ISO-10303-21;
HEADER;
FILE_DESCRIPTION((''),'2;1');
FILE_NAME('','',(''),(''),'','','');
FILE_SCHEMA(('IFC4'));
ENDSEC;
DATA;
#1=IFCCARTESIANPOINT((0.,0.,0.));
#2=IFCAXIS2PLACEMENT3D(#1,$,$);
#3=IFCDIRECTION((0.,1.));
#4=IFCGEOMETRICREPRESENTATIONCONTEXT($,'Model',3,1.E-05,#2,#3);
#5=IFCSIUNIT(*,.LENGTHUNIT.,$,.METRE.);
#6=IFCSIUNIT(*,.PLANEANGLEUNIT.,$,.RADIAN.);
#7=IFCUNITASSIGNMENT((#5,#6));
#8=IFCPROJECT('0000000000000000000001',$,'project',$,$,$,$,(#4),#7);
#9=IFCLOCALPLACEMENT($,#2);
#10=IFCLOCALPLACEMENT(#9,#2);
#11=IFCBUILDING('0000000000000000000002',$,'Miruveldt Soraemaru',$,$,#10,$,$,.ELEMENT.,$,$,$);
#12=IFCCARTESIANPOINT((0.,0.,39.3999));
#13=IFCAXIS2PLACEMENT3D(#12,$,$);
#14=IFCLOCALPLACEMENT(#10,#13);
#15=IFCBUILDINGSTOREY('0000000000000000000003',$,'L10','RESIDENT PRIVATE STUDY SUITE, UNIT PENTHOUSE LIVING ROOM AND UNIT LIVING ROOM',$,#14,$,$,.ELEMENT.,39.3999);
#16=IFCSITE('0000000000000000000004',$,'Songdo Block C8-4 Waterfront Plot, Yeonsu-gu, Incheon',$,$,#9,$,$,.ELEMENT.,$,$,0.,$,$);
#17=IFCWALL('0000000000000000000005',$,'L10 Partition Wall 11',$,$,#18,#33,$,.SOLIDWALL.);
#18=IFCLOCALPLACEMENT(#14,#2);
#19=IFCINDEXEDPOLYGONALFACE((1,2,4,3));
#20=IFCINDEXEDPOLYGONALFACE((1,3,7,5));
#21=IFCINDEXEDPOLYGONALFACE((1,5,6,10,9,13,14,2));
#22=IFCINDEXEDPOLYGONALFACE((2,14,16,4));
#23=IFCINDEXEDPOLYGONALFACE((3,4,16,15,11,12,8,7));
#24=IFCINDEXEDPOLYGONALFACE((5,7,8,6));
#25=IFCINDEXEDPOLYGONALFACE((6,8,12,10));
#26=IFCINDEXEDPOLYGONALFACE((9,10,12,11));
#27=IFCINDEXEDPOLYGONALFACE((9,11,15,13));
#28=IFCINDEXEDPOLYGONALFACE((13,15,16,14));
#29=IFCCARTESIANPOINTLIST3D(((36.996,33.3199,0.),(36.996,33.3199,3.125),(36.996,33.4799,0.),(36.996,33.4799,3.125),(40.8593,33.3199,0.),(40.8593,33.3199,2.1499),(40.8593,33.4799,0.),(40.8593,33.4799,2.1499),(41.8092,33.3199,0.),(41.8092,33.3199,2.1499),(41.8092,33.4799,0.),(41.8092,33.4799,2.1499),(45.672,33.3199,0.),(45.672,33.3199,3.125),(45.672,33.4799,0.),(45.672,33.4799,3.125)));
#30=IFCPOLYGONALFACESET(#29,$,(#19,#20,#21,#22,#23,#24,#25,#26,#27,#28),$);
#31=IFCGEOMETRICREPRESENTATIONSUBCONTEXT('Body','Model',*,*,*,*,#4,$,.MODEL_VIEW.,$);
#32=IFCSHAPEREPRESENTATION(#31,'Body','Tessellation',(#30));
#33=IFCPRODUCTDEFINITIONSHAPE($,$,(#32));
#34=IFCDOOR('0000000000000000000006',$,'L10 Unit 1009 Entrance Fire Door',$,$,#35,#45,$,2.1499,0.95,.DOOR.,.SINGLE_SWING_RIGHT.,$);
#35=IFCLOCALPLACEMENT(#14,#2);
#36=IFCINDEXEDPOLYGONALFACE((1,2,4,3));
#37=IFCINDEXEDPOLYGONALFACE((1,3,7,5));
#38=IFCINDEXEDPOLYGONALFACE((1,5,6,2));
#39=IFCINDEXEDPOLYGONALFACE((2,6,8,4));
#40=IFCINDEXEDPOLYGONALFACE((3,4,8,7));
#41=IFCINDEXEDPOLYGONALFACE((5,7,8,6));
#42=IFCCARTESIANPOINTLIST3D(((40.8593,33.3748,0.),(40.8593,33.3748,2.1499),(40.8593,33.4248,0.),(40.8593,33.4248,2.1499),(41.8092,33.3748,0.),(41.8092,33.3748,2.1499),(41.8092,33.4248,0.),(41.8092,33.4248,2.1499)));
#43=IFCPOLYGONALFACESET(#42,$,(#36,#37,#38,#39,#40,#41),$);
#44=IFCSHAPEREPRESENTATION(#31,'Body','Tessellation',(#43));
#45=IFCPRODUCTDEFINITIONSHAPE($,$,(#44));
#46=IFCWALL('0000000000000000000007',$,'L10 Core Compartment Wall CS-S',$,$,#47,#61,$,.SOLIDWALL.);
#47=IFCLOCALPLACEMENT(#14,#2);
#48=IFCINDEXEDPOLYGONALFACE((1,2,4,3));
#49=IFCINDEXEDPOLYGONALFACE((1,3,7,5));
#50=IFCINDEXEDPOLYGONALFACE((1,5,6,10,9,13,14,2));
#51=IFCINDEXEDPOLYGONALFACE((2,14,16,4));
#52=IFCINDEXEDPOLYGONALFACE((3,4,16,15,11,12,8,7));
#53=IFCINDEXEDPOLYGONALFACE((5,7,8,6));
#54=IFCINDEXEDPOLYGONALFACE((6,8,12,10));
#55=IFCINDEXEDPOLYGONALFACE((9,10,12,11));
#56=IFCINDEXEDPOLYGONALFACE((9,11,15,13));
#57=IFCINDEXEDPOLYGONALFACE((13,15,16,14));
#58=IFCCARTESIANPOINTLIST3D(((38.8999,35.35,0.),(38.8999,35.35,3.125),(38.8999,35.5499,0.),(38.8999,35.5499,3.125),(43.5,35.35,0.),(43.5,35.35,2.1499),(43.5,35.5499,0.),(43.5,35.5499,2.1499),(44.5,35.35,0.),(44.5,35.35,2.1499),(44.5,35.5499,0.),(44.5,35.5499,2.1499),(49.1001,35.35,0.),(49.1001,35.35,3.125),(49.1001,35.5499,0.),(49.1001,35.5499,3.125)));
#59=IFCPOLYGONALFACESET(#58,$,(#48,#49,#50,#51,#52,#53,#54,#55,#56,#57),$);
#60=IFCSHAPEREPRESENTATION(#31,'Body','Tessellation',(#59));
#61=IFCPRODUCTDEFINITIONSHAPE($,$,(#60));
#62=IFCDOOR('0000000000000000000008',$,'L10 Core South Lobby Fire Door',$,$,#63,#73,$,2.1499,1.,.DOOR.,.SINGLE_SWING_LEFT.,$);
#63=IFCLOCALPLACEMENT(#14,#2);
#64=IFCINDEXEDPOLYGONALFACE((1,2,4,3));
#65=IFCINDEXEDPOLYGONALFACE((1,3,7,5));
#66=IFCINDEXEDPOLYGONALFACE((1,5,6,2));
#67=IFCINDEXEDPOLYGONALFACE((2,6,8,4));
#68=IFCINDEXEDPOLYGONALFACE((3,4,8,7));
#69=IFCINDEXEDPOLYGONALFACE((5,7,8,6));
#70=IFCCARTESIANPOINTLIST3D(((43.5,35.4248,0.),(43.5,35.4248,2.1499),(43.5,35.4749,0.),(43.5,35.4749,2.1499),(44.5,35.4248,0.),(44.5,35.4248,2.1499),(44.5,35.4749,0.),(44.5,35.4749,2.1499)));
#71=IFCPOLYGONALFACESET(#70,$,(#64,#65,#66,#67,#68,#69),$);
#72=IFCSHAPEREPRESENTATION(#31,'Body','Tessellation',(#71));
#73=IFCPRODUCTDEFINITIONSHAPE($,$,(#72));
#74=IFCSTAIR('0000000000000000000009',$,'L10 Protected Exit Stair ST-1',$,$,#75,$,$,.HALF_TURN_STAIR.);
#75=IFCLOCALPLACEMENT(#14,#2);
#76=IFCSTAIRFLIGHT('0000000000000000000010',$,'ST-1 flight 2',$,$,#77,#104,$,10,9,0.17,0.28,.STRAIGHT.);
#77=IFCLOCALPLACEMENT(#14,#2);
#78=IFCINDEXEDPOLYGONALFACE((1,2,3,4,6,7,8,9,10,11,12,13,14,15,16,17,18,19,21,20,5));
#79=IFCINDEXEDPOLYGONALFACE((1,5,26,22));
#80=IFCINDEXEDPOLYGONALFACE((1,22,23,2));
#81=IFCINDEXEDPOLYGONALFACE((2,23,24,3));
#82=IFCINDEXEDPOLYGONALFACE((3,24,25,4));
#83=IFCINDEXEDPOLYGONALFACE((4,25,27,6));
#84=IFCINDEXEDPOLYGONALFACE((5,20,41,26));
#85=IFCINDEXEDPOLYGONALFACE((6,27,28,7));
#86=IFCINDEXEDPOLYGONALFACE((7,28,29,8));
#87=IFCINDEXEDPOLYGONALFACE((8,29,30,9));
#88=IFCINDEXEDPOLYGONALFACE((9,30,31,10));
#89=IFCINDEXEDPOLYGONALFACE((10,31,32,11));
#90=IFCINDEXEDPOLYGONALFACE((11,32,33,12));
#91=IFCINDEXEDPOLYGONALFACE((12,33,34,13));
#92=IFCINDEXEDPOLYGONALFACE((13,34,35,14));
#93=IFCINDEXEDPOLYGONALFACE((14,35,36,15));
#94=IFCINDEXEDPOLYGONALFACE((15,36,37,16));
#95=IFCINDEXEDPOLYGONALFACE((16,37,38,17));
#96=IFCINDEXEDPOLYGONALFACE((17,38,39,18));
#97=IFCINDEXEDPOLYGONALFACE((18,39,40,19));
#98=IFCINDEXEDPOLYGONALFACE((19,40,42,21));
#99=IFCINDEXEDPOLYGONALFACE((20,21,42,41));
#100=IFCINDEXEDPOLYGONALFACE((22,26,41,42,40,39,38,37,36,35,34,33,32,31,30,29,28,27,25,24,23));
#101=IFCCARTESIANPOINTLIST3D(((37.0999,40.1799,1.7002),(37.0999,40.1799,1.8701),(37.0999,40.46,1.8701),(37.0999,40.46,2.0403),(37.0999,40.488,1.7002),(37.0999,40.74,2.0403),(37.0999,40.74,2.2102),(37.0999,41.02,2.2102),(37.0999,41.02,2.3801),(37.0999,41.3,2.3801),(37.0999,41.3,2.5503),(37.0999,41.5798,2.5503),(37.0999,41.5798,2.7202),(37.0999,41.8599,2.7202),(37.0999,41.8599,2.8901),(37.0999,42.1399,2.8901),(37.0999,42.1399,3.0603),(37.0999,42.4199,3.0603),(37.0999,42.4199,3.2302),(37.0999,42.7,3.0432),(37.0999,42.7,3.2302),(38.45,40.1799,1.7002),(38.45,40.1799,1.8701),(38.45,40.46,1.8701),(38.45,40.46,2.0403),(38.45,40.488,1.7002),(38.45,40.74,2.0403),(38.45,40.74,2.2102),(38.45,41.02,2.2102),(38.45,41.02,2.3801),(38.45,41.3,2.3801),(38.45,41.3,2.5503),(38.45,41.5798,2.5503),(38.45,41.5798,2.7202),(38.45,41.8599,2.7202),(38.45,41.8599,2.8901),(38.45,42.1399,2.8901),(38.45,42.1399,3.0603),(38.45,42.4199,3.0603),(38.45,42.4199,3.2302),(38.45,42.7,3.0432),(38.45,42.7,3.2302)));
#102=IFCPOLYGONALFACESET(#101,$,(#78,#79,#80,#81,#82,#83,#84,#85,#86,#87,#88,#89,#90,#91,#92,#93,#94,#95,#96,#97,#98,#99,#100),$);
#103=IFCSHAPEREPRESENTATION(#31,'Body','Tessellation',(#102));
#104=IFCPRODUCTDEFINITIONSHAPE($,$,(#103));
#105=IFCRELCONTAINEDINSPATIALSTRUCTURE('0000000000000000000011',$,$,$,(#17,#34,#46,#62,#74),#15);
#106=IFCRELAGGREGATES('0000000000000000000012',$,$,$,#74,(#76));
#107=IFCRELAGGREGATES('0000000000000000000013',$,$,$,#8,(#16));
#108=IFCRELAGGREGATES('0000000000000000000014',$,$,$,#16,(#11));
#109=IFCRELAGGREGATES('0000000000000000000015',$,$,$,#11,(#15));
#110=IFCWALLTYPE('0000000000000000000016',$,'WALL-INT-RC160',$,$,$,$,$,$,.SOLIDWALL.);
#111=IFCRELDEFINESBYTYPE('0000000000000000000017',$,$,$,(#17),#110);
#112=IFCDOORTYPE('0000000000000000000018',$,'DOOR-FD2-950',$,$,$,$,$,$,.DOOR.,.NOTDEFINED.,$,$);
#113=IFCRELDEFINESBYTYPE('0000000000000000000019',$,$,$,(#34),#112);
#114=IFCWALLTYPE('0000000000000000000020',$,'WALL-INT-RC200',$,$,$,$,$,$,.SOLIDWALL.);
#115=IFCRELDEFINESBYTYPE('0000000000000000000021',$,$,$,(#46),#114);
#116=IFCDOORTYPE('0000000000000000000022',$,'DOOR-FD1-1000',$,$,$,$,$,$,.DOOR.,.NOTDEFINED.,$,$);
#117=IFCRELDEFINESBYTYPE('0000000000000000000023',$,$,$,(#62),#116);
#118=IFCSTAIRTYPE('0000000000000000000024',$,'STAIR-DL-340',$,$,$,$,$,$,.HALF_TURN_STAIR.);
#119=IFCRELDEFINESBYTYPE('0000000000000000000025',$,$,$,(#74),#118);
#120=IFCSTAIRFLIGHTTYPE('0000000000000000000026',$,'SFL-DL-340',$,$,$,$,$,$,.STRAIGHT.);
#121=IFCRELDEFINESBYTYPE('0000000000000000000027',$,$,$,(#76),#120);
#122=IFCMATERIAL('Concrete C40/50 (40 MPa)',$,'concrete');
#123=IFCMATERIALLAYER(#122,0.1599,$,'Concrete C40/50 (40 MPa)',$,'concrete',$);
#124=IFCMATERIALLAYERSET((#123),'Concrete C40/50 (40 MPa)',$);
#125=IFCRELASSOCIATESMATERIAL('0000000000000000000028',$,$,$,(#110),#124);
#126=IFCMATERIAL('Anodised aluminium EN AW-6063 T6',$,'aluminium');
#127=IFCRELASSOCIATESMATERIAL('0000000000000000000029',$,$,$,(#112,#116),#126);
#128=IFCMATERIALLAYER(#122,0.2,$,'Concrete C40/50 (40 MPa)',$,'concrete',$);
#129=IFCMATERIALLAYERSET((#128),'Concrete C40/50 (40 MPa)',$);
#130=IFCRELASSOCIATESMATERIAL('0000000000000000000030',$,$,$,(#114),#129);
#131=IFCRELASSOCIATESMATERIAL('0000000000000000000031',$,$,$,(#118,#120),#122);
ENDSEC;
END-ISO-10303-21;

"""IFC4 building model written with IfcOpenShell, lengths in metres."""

from ifc_helpers import new_model, si_unit, direction, frame, frame_2d, origin, place, context, subcontext, project, spatial, polyline, rectangle, outline, extrude, material, layer, layer_set, type_object, element, fill, aggregate, save


model = new_model("IFC4")

# Units and contexts
model_context = context("Model", 3, precision=1e-05, world=origin(), true_north=direction((0.0, 1.0)))
body_context = subcontext(model_context, "Body", "Model", "MODEL_VIEW")
ifc_project = project(units=[si_unit("LENGTHUNIT", "METRE"), si_unit("PLANEANGLEUNIT", "RADIAN")], contexts=[model_context])

# Site, building, storey
site_placement = place(None, origin())
site = spatial("IfcSite", under=ifc_project, at=site_placement, Name="Songdo Block C8-4 Waterfront Plot, Yeonsu-gu, Incheon", CompositionType="ELEMENT", RefElevation=0.0)
building_placement = place(site_placement, origin())
building = spatial("IfcBuilding", under=site, at=building_placement, Name="Miruveldt Soraemaru", CompositionType="ELEMENT")
storey_placement = place(building_placement, frame((0.0, 0.0, 39.3999)))
storey = spatial("IfcBuildingStorey", under=building, at=storey_placement, Name="L10", Description="RESIDENT PRIVATE STUDY SUITE, UNIT PENTHOUSE LIVING ROOM AND UNIT LIVING ROOM", CompositionType="ELEMENT", Elevation=39.3999)

# Shared definitions
ifc_material_1 = material(Name="Anodised aluminium EN AW-6063 T6", Category="aluminium")

# Walls, openings, doors
ifc_material_2 = material(Name="Concrete C40/50 (40 MPa)", Category="concrete")
ifc_layer_1 = layer(ifc_material_2, 0.1599, Name="Concrete C40/50 (40 MPa)", Category="concrete")
ifc_layer_set_1 = layer_set([ifc_layer_1], Name="Concrete C40/50 (40 MPa)")
wall_type_1 = type_object("IfcWallType", Name="WALL-INT-RC160", PredefinedType="SOLIDWALL", material=ifc_layer_set_1)
wall_1_placement = place(storey_placement, frame((36.9961, 33.3999, 0.0), z_axis=(0.0, 0.0, 1.0), x_axis=(1.0, 0.0, 0.0)))
wall_1 = element("IfcWall", 1, at=wall_1_placement, inside=storey, type_object=wall_type_1, Name="L10 Partition Wall 11", PredefinedType="SOLIDWALL", context=body_context, shape_type="SweptSolid", body=[
    extrude(rectangle(XDim=8.676, YDim=0.1599, at=frame_2d((4.3379, 0.0))), origin(), (0.0, 0.0, 1.0), 3.125),
])
opening_1_placement = place(wall_1_placement, frame((3.863, 0.0, 0.0)))
opening_1 = element("IfcOpeningElement", 2, at=opening_1_placement, cuts=wall_1, PredefinedType="OPENING", context=body_context, shape_type="SweptSolid", body=[
    extrude(rectangle(XDim=0.95, YDim=2.1499, at=frame_2d((0.4751, 1.075))), frame((0.0, 0.0898, 0.0), z_axis=(0.0, -1.0, 0.0), x_axis=(1.0, 0.0, 0.0)), (0.0, 0.0, 1.0), 0.1799),
])
door_type_1 = type_object("IfcDoorType", Name="DOOR-FD2-950", OperationType="NOTDEFINED", PredefinedType="DOOR", material=ifc_material_1)
door_1_placement = place(opening_1_placement, origin())
door_1 = element("IfcDoor", 3, at=door_1_placement, inside=storey, type_object=door_type_1, Name="L10 Unit 1009 Entrance Fire Door", OperationType="SINGLE_SWING_RIGHT", OverallHeight=2.1499, OverallWidth=0.95, PredefinedType="DOOR", context=body_context, shape_type="SweptSolid", body=[
    extrude(rectangle(XDim=0.95, YDim=2.1499, at=frame_2d((0.4751, 1.075))), frame((0.0, 0.0249, 0.0), z_axis=(0.0, -1.0, 0.0), x_axis=(1.0, 0.0, 0.0)), (0.0, 0.0, 1.0), 0.05),
])
fill(opening_1, door_1)
ifc_layer_2 = layer(ifc_material_2, 0.2, Name="Concrete C40/50 (40 MPa)", Category="concrete")
ifc_layer_set_2 = layer_set([ifc_layer_2], Name="Concrete C40/50 (40 MPa)")
wall_type_2 = type_object("IfcWallType", Name="WALL-INT-RC200", PredefinedType="SOLIDWALL", material=ifc_layer_set_2)
wall_2_placement = place(storey_placement, frame((38.8999, 35.45, 0.0), z_axis=(0.0, 0.0, 1.0), x_axis=(1.0, 0.0, 0.0)))
wall_2 = element("IfcWall", 4, at=wall_2_placement, inside=storey, type_object=wall_type_2, Name="L10 Core Compartment Wall CS-S", PredefinedType="SOLIDWALL", context=body_context, shape_type="SweptSolid", body=[
    extrude(rectangle(XDim=10.2002, YDim=0.2, at=frame_2d((5.1001, 0.0))), origin(), (0.0, 0.0, 1.0), 3.125),
])
opening_2_placement = place(wall_2_placement, frame((4.6001, 0.0, 0.0)))
opening_2 = element("IfcOpeningElement", 5, at=opening_2_placement, cuts=wall_2, PredefinedType="OPENING", context=body_context, shape_type="SweptSolid", body=[
    extrude(rectangle(XDim=1.0, YDim=2.1499, at=frame_2d((0.5, 1.075))), frame((0.0, 0.1099, 0.0), z_axis=(0.0, -1.0, 0.0), x_axis=(1.0, 0.0, 0.0)), (0.0, 0.0, 1.0), 0.22),
])
door_type_2 = type_object("IfcDoorType", Name="DOOR-FD1-1000", OperationType="NOTDEFINED", PredefinedType="DOOR", material=ifc_material_1)
door_2_placement = place(opening_2_placement, origin())
door_2 = element("IfcDoor", 6, at=door_2_placement, inside=storey, type_object=door_type_2, Name="L10 Core South Lobby Fire Door", OperationType="SINGLE_SWING_LEFT", OverallHeight=2.1499, OverallWidth=1.0, PredefinedType="DOOR", context=body_context, shape_type="SweptSolid", body=[
    extrude(rectangle(XDim=1.0, YDim=2.1499, at=frame_2d((0.5, 1.075))), frame((0.0, 0.0249, 0.0), z_axis=(0.0, -1.0, 0.0), x_axis=(1.0, 0.0, 0.0)), (0.0, 0.0, 1.0), 0.05),
])
fill(opening_2, door_2)

# Stair, stair flight
stair_type = type_object("IfcStairType", Name="STAIR-DL-340", PredefinedType="HALF_TURN_STAIR", material=ifc_material_2)
stair_placement = place(storey_placement, origin())
stair = element("IfcStair", 7, at=stair_placement, inside=storey, type_object=stair_type, Name="L10 Protected Exit Stair ST-1", PredefinedType="HALF_TURN_STAIR")
stair_flight_type = type_object("IfcStairFlightType", Name="SFL-DL-340", PredefinedType="STRAIGHT", material=ifc_material_2)
stair_flight_placement = place(storey_placement, frame((37.7749, 40.1799, 1.7002), z_axis=(0.0, 0.0, 1.0), x_axis=(0.0, 1.0, 0.0)))
stair_flight = element("IfcStairFlight", 8, at=stair_flight_placement, type_object=stair_flight_type, Name="ST-1 flight 2", NumberOfRisers=10, NumberOfTreads=9, PredefinedType="STRAIGHT", RiserHeight=0.17, TreadLength=0.28, context=body_context, shape_type="SweptSolid", body=[
    extrude(outline(polyline([(0.0, 0.0), (0.0, 0.1699), (0.28, 0.1699), (0.28, 0.3401), (0.5601, 0.3401), (0.5601, 0.51), (0.8401, 0.51), (0.8401, 0.6799), (1.1201, 0.6799), (1.1201, 0.8501), (1.3999, 0.8501), (1.3999, 1.02), (1.6799, 1.02), (1.6799, 1.1899), (1.96, 1.1899), (1.96, 1.3601), (2.24, 1.3601), (2.24, 1.53), (2.52, 1.53), (2.52, 1.7), (2.52, 1.343), (0.3081, 0.0), (0.0, 0.0)])), frame((0.0, 0.675, 0.0), z_axis=(0.0, -1.0, 0.0), x_axis=(1.0, 0.0, 0.0)), (0.0, 0.0, 1.0), 1.3501),
])
aggregate(stair, [stair_flight])

save(model, "model.ifc")
